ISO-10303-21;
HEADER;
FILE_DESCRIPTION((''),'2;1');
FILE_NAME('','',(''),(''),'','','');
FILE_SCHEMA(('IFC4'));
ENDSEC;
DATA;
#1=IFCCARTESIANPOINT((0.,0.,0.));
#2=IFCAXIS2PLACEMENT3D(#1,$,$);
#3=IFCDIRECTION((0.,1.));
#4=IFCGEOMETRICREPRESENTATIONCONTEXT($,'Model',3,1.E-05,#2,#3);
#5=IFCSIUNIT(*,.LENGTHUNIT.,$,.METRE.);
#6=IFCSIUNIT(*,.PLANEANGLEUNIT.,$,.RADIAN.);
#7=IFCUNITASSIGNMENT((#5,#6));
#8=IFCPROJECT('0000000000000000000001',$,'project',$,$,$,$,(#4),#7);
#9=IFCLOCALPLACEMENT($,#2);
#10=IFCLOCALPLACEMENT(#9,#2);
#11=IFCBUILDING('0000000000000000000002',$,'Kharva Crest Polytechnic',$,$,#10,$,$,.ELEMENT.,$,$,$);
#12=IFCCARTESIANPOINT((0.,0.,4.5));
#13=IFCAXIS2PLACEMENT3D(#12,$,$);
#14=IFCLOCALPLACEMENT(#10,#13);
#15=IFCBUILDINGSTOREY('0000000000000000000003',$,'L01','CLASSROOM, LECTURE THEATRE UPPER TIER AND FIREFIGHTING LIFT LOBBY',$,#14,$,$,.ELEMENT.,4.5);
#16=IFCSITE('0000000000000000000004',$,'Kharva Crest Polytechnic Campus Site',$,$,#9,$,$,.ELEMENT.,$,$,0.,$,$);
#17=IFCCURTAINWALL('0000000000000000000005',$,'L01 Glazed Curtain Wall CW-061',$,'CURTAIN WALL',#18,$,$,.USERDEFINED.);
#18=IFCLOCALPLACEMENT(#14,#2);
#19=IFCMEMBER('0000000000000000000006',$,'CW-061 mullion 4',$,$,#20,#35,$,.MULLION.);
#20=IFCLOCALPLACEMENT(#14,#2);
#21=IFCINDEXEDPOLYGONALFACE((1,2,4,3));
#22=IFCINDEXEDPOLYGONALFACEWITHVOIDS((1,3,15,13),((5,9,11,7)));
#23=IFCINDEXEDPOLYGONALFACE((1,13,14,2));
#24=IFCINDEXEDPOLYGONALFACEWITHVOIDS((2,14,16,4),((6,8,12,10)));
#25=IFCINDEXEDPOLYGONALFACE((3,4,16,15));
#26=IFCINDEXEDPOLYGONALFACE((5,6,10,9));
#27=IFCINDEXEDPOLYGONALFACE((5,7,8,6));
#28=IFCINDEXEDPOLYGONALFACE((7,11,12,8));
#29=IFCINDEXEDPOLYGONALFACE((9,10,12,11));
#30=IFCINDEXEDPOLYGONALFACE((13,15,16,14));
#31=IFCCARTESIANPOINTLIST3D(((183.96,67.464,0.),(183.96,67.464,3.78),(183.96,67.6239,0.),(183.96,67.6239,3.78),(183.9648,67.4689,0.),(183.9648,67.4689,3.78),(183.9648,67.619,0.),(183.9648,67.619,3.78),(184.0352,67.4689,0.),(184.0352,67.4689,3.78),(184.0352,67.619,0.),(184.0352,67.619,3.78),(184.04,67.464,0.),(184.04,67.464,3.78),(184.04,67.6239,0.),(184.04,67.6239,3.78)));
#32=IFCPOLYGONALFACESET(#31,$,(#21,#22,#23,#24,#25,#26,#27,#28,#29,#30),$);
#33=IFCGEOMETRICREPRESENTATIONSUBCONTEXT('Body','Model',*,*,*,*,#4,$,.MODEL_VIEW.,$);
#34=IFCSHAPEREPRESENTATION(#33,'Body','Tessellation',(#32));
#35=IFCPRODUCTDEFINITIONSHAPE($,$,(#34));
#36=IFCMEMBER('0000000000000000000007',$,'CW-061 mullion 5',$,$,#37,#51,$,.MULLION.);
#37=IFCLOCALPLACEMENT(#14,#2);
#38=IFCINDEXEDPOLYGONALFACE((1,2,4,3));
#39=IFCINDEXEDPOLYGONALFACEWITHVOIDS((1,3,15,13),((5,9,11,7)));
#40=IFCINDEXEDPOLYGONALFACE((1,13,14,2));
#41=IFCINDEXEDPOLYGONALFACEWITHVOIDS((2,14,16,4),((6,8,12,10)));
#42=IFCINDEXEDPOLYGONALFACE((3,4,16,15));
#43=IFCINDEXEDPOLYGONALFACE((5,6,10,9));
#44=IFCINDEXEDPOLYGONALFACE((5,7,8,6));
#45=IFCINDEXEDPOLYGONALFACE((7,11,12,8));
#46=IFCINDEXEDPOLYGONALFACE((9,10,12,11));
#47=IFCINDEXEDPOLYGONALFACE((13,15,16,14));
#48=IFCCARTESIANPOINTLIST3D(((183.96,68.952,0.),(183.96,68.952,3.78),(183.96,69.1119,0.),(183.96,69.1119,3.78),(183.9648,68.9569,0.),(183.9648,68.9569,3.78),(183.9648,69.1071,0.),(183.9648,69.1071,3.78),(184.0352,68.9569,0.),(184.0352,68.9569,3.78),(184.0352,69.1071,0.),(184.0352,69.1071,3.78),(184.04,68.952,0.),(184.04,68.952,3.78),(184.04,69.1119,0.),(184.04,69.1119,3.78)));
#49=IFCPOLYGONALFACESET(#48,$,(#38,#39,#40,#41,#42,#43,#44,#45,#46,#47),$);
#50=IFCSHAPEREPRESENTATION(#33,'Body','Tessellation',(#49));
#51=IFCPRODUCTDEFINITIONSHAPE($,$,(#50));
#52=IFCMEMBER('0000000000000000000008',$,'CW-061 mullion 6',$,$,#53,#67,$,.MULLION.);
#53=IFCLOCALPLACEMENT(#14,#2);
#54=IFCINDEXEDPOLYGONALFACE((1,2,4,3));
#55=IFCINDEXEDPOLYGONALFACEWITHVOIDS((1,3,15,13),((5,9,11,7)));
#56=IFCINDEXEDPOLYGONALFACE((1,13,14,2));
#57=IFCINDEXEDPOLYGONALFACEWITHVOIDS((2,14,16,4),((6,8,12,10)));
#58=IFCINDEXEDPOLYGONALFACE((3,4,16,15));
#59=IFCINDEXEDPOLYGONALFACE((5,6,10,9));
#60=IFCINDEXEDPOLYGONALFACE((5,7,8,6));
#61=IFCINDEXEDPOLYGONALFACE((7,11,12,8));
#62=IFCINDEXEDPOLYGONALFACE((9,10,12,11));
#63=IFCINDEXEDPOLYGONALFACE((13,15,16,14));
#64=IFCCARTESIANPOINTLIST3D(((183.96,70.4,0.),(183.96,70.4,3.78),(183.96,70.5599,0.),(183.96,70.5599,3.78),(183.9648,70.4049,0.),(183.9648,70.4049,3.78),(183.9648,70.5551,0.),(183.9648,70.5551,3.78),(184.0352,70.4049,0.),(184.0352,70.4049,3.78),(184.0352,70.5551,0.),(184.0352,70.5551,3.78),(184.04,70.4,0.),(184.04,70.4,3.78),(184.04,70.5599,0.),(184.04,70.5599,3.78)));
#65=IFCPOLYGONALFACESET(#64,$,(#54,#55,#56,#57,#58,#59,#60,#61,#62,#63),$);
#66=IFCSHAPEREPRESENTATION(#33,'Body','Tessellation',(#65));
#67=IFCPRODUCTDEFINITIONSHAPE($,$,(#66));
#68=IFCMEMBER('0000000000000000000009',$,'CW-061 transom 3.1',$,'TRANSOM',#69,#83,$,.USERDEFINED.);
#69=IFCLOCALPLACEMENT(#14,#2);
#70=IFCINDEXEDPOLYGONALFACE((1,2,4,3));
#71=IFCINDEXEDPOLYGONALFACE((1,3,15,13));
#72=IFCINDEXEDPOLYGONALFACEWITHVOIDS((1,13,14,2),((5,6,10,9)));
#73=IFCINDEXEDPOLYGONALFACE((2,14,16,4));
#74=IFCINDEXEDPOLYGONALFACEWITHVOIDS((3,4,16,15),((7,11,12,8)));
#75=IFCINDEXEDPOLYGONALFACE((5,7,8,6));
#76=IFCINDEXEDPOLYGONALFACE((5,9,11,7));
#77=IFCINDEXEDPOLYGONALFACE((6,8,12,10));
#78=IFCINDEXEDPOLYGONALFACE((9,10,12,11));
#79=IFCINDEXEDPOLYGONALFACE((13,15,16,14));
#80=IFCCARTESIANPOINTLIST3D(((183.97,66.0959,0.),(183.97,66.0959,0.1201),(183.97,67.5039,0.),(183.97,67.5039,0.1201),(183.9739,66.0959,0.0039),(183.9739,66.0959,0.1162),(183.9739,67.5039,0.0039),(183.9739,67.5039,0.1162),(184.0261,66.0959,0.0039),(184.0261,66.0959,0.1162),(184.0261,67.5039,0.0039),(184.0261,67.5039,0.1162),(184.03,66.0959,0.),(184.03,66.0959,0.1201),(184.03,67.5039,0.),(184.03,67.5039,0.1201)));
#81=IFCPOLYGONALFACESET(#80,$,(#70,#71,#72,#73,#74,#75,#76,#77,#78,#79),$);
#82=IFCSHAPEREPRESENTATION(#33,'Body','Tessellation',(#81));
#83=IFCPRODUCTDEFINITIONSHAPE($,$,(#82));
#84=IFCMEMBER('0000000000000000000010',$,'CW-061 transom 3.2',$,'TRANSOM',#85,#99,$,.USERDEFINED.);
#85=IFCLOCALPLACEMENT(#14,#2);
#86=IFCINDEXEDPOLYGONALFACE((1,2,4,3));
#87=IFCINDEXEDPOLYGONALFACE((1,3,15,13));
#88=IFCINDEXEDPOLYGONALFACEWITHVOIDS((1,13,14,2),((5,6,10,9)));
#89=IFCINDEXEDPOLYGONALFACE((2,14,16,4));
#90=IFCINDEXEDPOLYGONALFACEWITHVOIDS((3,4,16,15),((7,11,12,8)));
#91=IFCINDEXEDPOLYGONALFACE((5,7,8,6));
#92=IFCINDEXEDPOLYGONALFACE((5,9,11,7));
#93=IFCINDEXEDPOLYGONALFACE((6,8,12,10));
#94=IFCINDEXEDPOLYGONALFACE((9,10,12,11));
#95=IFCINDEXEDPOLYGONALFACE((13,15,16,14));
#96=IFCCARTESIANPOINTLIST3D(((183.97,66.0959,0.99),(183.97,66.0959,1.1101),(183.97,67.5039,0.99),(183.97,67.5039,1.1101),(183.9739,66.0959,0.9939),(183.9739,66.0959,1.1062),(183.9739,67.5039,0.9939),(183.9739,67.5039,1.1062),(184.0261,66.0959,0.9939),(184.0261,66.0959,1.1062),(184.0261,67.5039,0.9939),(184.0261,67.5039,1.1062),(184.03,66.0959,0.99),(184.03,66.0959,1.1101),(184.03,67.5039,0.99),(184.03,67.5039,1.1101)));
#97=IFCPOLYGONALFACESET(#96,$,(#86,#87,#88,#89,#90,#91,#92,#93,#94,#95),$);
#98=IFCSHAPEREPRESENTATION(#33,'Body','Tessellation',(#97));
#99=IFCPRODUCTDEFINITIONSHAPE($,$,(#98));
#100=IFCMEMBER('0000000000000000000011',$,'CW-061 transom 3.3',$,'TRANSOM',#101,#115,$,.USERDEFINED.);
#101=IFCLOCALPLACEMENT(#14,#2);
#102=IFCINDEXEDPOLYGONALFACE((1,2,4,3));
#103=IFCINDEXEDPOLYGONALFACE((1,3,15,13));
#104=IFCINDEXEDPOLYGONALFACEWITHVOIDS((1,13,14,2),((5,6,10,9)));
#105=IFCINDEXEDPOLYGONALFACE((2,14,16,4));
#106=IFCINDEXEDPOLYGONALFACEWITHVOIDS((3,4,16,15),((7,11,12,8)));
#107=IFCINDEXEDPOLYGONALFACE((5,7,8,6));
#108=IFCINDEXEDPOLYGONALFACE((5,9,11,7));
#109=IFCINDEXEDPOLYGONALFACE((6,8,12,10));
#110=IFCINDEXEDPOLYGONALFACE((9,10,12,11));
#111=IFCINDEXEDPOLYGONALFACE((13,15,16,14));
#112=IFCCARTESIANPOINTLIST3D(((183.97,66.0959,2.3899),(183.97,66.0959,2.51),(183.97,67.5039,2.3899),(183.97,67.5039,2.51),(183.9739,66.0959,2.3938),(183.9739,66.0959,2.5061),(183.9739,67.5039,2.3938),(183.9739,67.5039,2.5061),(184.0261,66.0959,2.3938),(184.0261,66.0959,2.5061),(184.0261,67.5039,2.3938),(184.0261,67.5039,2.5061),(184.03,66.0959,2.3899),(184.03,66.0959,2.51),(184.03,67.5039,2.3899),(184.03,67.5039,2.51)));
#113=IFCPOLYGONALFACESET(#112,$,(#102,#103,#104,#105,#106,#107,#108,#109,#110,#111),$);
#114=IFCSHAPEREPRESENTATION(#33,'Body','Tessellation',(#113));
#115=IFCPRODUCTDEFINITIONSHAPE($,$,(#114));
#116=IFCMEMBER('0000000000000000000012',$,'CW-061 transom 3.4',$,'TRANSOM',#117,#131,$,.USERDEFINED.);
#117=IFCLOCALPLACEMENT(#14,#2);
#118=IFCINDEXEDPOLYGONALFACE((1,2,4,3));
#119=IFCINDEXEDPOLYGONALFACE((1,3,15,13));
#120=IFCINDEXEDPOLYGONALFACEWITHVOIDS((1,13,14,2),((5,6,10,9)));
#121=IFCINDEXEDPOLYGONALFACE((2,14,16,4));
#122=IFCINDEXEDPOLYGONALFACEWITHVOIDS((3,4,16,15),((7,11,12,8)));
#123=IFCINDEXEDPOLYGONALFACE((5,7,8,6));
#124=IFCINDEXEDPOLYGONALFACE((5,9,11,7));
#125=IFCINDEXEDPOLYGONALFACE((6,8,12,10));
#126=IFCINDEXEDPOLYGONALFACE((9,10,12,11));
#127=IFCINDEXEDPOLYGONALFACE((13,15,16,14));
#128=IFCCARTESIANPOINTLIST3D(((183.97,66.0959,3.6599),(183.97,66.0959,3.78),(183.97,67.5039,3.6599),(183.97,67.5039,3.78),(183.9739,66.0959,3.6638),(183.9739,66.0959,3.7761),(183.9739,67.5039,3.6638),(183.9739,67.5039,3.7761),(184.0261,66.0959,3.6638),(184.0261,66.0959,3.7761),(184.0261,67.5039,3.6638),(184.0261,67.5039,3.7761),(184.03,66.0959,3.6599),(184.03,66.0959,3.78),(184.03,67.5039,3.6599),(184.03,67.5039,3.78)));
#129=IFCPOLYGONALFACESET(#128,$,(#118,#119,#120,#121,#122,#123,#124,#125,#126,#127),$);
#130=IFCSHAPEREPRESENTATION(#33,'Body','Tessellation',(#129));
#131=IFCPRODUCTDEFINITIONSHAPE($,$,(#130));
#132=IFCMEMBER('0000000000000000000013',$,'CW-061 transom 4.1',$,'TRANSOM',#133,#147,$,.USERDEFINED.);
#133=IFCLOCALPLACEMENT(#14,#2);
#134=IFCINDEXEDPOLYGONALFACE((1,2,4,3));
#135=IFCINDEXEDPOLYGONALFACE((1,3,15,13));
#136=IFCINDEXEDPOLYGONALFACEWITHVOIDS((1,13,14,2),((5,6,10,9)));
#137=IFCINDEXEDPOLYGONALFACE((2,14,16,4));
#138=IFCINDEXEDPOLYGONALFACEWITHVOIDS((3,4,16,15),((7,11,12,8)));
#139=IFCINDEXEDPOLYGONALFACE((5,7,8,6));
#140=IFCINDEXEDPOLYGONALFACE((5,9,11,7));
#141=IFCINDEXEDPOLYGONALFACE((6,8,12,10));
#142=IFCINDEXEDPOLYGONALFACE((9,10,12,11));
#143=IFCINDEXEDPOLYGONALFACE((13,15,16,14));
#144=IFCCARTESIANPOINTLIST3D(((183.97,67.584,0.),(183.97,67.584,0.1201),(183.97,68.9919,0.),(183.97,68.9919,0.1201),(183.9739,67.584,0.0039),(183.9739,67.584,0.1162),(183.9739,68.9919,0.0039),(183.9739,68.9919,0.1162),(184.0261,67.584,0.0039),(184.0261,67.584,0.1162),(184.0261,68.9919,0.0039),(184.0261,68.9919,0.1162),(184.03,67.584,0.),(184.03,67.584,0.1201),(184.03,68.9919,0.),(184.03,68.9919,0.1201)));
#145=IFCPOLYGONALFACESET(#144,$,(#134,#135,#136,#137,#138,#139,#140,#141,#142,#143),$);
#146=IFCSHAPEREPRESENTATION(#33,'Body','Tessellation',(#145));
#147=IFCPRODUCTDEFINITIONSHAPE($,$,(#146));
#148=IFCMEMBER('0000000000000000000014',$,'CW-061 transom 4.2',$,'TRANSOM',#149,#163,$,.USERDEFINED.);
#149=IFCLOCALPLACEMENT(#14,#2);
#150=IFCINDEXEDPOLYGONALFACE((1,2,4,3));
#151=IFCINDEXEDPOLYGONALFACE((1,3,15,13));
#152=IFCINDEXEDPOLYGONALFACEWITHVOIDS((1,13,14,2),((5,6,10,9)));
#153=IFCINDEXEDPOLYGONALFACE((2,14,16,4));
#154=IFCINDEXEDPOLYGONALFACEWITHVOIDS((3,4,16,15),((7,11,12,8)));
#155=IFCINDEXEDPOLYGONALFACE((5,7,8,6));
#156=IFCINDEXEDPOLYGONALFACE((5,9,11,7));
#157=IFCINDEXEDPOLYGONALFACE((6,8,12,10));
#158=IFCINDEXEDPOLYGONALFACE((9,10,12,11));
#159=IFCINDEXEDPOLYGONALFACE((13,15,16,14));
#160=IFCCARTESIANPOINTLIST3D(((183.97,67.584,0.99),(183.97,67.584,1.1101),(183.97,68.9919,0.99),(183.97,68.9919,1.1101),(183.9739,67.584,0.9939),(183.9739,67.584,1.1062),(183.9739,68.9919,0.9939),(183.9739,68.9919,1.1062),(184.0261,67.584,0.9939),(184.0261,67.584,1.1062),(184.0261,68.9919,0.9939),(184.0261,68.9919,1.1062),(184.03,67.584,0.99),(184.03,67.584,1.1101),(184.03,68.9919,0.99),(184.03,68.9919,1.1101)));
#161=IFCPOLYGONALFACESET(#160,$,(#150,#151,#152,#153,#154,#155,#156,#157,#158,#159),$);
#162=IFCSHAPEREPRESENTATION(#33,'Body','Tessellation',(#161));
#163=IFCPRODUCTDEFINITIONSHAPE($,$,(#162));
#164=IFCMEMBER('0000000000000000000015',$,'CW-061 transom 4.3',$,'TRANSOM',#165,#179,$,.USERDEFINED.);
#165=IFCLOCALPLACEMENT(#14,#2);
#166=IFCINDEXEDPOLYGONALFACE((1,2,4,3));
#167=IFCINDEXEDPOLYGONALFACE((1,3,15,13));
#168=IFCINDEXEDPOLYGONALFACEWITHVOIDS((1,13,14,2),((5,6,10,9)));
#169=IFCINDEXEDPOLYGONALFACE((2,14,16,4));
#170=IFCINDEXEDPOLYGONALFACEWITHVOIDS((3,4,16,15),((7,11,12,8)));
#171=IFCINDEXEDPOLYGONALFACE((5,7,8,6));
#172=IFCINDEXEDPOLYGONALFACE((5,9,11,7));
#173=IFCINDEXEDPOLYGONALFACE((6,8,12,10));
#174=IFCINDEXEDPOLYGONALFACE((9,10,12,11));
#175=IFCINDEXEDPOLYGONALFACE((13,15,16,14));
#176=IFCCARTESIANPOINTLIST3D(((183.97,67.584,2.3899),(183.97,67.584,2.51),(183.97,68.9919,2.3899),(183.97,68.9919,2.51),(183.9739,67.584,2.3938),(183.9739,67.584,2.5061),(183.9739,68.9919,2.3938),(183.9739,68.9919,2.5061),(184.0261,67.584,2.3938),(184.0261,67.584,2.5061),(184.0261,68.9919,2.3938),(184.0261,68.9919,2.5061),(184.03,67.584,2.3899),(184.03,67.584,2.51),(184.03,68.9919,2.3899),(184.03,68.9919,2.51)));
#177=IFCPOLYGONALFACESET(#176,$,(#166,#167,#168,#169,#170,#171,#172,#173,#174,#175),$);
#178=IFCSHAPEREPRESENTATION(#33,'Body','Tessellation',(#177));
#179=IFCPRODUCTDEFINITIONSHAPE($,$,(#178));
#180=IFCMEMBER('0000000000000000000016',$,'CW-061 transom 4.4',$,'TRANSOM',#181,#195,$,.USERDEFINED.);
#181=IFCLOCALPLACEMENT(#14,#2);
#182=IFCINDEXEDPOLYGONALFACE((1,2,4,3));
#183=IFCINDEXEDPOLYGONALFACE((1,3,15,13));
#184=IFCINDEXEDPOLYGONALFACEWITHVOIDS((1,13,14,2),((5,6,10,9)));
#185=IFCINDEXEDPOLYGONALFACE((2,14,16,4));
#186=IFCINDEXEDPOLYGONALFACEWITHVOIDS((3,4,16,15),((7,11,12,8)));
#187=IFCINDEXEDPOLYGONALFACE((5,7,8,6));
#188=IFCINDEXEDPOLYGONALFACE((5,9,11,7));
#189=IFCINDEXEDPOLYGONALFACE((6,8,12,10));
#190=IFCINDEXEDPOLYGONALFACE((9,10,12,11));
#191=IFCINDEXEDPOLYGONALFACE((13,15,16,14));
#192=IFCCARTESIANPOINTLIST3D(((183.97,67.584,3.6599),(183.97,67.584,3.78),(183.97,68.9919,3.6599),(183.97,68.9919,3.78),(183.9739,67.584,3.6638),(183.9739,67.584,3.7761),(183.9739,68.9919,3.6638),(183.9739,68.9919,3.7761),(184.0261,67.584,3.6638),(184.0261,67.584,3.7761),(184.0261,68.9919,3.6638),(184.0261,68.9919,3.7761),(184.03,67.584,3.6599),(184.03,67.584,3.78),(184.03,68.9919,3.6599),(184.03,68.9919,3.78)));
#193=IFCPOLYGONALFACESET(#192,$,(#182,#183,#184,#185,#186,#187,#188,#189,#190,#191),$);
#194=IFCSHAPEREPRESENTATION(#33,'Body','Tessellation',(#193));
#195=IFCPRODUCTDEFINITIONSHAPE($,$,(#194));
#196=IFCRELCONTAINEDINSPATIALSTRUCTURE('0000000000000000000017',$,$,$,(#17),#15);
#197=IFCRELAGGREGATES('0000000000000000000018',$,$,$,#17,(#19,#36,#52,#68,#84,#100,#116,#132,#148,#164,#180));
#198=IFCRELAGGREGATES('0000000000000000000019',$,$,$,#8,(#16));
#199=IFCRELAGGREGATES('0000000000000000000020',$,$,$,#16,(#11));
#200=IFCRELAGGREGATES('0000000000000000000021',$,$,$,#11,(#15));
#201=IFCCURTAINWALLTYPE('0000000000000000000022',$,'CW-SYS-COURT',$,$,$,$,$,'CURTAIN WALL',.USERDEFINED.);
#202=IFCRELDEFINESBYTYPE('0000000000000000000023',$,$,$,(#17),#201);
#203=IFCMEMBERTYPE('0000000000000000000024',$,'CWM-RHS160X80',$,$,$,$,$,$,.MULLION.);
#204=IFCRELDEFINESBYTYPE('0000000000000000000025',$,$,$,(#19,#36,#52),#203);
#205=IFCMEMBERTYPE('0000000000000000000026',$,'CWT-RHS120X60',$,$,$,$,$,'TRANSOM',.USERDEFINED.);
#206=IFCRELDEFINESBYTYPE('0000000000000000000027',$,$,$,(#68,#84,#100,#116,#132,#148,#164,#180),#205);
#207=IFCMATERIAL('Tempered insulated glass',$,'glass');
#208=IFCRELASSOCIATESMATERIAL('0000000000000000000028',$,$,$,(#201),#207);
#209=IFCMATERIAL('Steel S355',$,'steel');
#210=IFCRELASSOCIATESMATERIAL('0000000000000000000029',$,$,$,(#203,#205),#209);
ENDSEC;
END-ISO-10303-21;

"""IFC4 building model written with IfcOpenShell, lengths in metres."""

from ifc_helpers import new_model, si_unit, direction, frame, origin, origin_2d, place, context, subcontext, project, spatial, hollow_rectangle, extrude, material, material_profile, profile_set, type_object, element, aggregate, save


model = new_model("IFC4")

# Units and contexts
model_context = context("Model", 3, precision=1e-05, world=origin(), true_north=direction((0.0, 1.0)))
body_context = subcontext(model_context, "Body", "Model", "MODEL_VIEW")
ifc_project = project(units=[si_unit("LENGTHUNIT", "METRE"), si_unit("PLANEANGLEUNIT", "RADIAN")], contexts=[model_context])

# Site, building, storey
site_placement = place(None, origin())
site = spatial("IfcSite", under=ifc_project, at=site_placement, Name="Kharva Crest Polytechnic Campus Site", CompositionType="ELEMENT", RefElevation=0.0)
building_placement = place(site_placement, origin())
building = spatial("IfcBuilding", under=site, at=building_placement, Name="Kharva Crest Polytechnic", CompositionType="ELEMENT")
storey_placement = place(building_placement, frame((0.0, 0.0, 4.5)))
storey = spatial("IfcBuildingStorey", under=building, at=storey_placement, Name="L01", Description="CLASSROOM, LECTURE THEATRE UPPER TIER AND FIREFIGHTING LIFT LOBBY", CompositionType="ELEMENT", Elevation=4.5)

# Curtain wall, members
ifc_material_1 = material(Name="Tempered insulated glass", Category="glass")
curtain_wall_type = type_object("IfcCurtainWallType", Name="CW-SYS-COURT", ElementType="CURTAIN WALL", PredefinedType="USERDEFINED", material=ifc_material_1)
curtain_wall_placement = place(storey_placement, origin())
curtain_wall = element("IfcCurtainWall", 1, at=curtain_wall_placement, inside=storey, type_object=curtain_wall_type, Name="L01 Glazed Curtain Wall CW-061", ObjectType="CURTAIN WALL", PredefinedType="USERDEFINED")
ifc_material_2 = material(Name="Steel S355", Category="steel")
ifc_material_profile_1 = material_profile(ifc_material_2, hollow_rectangle(XDim=0.0801, YDim=0.1599, WallThickness=0.0049, at=origin_2d()), Name="RHS 160X80X5.0")
ifc_profile_set_1 = profile_set([ifc_material_profile_1], Name="Steel S355")
member_type_1 = type_object("IfcMemberType", Name="CWM-RHS160X80", PredefinedType="MULLION", material=ifc_profile_set_1)
member_1_placement = place(storey_placement, frame((184.0, 67.5439, 0.0), z_axis=(0.0, 0.0, 1.0), x_axis=(-1.0, 0.0, 0.0)))
member_1 = element("IfcMember", 2, at=member_1_placement, type_object=member_type_1, Name="CW-061 mullion 4", PredefinedType="MULLION", context=body_context, shape_type="SweptSolid", body=[
    extrude(hollow_rectangle(XDim=0.0801, YDim=0.1599, WallThickness=0.0049, at=origin_2d()), origin(), (0.0, 0.0, 1.0), 3.78),
])
member_2_placement = place(storey_placement, frame((184.0, 69.032, 0.0), z_axis=(0.0, 0.0, 1.0), x_axis=(-1.0, 0.0, 0.0)))
member_2 = element("IfcMember", 3, at=member_2_placement, type_object=member_type_1, Name="CW-061 mullion 5", PredefinedType="MULLION", context=body_context, shape_type="SweptSolid", body=[
    extrude(hollow_rectangle(XDim=0.0801, YDim=0.1599, WallThickness=0.0049, at=origin_2d()), origin(), (0.0, 0.0, 1.0), 3.78),
])
member_3_placement = place(storey_placement, frame((184.0, 70.48, 0.0), z_axis=(0.0, 0.0, 1.0), x_axis=(-1.0, 0.0, 0.0)))
member_3 = element("IfcMember", 4, at=member_3_placement, type_object=member_type_1, Name="CW-061 mullion 6", PredefinedType="MULLION", context=body_context, shape_type="SweptSolid", body=[
    extrude(hollow_rectangle(XDim=0.0801, YDim=0.1599, WallThickness=0.0049, at=origin_2d()), origin(), (0.0, 0.0, 1.0), 3.78),
])
ifc_material_profile_2 = material_profile(ifc_material_2, hollow_rectangle(XDim=0.0601, YDim=0.1201, WallThickness=0.0039, at=origin_2d()), Name="RHS 120X60X4.0")
ifc_profile_set_2 = profile_set([ifc_material_profile_2], Name="Steel S355")
member_type_2 = type_object("IfcMemberType", Name="CWT-RHS120X60", ElementType="TRANSOM", PredefinedType="USERDEFINED", material=ifc_profile_set_2)
member_4_placement = place(storey_placement, frame((184.0, 66.0959, 0.0601), z_axis=(0.0, 1.0, 0.0), x_axis=(-1.0, 0.0, 0.0)))
member_4 = element("IfcMember", 5, at=member_4_placement, type_object=member_type_2, Name="CW-061 transom 3.1", ObjectType="TRANSOM", PredefinedType="USERDEFINED", context=body_context, shape_type="SweptSolid", body=[
    extrude(hollow_rectangle(XDim=0.0601, YDim=0.1201, WallThickness=0.0039, at=origin_2d()), origin(), (0.0, 0.0, 1.0), 1.408),
])
member_5_placement = place(storey_placement, frame((184.0, 66.0959, 1.05), z_axis=(0.0, 1.0, 0.0), x_axis=(-1.0, 0.0, 0.0)))
member_5 = element("IfcMember", 6, at=member_5_placement, type_object=member_type_2, Name="CW-061 transom 3.2", ObjectType="TRANSOM", PredefinedType="USERDEFINED", context=body_context, shape_type="SweptSolid", body=[
    extrude(hollow_rectangle(XDim=0.0601, YDim=0.1201, WallThickness=0.0039, at=origin_2d()), origin(), (0.0, 0.0, 1.0), 1.408),
])
member_6_placement = place(storey_placement, frame((184.0, 66.0959, 2.45), z_axis=(0.0, 1.0, 0.0), x_axis=(-1.0, 0.0, 0.0)))
member_6 = element("IfcMember", 7, at=member_6_placement, type_object=member_type_2, Name="CW-061 transom 3.3", ObjectType="TRANSOM", PredefinedType="USERDEFINED", context=body_context, shape_type="SweptSolid", body=[
    extrude(hollow_rectangle(XDim=0.0601, YDim=0.1201, WallThickness=0.0039, at=origin_2d()), origin(), (0.0, 0.0, 1.0), 1.408),
])
member_7_placement = place(storey_placement, frame((184.0, 66.0959, 3.72), z_axis=(0.0, 1.0, 0.0), x_axis=(-1.0, 0.0, 0.0)))
member_7 = element("IfcMember", 8, at=member_7_placement, type_object=member_type_2, Name="CW-061 transom 3.4", ObjectType="TRANSOM", PredefinedType="USERDEFINED", context=body_context, shape_type="SweptSolid", body=[
    extrude(hollow_rectangle(XDim=0.0601, YDim=0.1201, WallThickness=0.0039, at=origin_2d()), origin(), (0.0, 0.0, 1.0), 1.408),
])
member_8_placement = place(storey_placement, frame((184.0, 67.584, 0.0601), z_axis=(0.0, 1.0, 0.0), x_axis=(-1.0, 0.0, 0.0)))
member_8 = element("IfcMember", 9, at=member_8_placement, type_object=member_type_2, Name="CW-061 transom 4.1", ObjectType="TRANSOM", PredefinedType="USERDEFINED", context=body_context, shape_type="SweptSolid", body=[
    extrude(hollow_rectangle(XDim=0.0601, YDim=0.1201, WallThickness=0.0039, at=origin_2d()), origin(), (0.0, 0.0, 1.0), 1.408),
])
member_9_placement = place(storey_placement, frame((184.0, 67.584, 1.05), z_axis=(0.0, 1.0, 0.0), x_axis=(-1.0, 0.0, 0.0)))
member_9 = element("IfcMember", 10, at=member_9_placement, type_object=member_type_2, Name="CW-061 transom 4.2", ObjectType="TRANSOM", PredefinedType="USERDEFINED", context=body_context, shape_type="SweptSolid", body=[
    extrude(hollow_rectangle(XDim=0.0601, YDim=0.1201, WallThickness=0.0039, at=origin_2d()), origin(), (0.0, 0.0, 1.0), 1.408),
])
member_10_placement = place(storey_placement, frame((184.0, 67.584, 2.45), z_axis=(0.0, 1.0, 0.0), x_axis=(-1.0, 0.0, 0.0)))
member_10 = element("IfcMember", 11, at=member_10_placement, type_object=member_type_2, Name="CW-061 transom 4.3", ObjectType="TRANSOM", PredefinedType="USERDEFINED", context=body_context, shape_type="SweptSolid", body=[
    extrude(hollow_rectangle(XDim=0.0601, YDim=0.1201, WallThickness=0.0039, at=origin_2d()), origin(), (0.0, 0.0, 1.0), 1.408),
])
member_11_placement = place(storey_placement, frame((184.0, 67.584, 3.72), z_axis=(0.0, 1.0, 0.0), x_axis=(-1.0, 0.0, 0.0)))
member_11 = element("IfcMember", 12, at=member_11_placement, type_object=member_type_2, Name="CW-061 transom 4.4", ObjectType="TRANSOM", PredefinedType="USERDEFINED", context=body_context, shape_type="SweptSolid", body=[
    extrude(hollow_rectangle(XDim=0.0601, YDim=0.1201, WallThickness=0.0039, at=origin_2d()), origin(), (0.0, 0.0, 1.0), 1.408),
])
aggregate(curtain_wall, [member_1, member_2, member_3, member_4, member_5, member_6, member_7, member_8, member_9, member_10, member_11])

save(model, "model.ifc")
